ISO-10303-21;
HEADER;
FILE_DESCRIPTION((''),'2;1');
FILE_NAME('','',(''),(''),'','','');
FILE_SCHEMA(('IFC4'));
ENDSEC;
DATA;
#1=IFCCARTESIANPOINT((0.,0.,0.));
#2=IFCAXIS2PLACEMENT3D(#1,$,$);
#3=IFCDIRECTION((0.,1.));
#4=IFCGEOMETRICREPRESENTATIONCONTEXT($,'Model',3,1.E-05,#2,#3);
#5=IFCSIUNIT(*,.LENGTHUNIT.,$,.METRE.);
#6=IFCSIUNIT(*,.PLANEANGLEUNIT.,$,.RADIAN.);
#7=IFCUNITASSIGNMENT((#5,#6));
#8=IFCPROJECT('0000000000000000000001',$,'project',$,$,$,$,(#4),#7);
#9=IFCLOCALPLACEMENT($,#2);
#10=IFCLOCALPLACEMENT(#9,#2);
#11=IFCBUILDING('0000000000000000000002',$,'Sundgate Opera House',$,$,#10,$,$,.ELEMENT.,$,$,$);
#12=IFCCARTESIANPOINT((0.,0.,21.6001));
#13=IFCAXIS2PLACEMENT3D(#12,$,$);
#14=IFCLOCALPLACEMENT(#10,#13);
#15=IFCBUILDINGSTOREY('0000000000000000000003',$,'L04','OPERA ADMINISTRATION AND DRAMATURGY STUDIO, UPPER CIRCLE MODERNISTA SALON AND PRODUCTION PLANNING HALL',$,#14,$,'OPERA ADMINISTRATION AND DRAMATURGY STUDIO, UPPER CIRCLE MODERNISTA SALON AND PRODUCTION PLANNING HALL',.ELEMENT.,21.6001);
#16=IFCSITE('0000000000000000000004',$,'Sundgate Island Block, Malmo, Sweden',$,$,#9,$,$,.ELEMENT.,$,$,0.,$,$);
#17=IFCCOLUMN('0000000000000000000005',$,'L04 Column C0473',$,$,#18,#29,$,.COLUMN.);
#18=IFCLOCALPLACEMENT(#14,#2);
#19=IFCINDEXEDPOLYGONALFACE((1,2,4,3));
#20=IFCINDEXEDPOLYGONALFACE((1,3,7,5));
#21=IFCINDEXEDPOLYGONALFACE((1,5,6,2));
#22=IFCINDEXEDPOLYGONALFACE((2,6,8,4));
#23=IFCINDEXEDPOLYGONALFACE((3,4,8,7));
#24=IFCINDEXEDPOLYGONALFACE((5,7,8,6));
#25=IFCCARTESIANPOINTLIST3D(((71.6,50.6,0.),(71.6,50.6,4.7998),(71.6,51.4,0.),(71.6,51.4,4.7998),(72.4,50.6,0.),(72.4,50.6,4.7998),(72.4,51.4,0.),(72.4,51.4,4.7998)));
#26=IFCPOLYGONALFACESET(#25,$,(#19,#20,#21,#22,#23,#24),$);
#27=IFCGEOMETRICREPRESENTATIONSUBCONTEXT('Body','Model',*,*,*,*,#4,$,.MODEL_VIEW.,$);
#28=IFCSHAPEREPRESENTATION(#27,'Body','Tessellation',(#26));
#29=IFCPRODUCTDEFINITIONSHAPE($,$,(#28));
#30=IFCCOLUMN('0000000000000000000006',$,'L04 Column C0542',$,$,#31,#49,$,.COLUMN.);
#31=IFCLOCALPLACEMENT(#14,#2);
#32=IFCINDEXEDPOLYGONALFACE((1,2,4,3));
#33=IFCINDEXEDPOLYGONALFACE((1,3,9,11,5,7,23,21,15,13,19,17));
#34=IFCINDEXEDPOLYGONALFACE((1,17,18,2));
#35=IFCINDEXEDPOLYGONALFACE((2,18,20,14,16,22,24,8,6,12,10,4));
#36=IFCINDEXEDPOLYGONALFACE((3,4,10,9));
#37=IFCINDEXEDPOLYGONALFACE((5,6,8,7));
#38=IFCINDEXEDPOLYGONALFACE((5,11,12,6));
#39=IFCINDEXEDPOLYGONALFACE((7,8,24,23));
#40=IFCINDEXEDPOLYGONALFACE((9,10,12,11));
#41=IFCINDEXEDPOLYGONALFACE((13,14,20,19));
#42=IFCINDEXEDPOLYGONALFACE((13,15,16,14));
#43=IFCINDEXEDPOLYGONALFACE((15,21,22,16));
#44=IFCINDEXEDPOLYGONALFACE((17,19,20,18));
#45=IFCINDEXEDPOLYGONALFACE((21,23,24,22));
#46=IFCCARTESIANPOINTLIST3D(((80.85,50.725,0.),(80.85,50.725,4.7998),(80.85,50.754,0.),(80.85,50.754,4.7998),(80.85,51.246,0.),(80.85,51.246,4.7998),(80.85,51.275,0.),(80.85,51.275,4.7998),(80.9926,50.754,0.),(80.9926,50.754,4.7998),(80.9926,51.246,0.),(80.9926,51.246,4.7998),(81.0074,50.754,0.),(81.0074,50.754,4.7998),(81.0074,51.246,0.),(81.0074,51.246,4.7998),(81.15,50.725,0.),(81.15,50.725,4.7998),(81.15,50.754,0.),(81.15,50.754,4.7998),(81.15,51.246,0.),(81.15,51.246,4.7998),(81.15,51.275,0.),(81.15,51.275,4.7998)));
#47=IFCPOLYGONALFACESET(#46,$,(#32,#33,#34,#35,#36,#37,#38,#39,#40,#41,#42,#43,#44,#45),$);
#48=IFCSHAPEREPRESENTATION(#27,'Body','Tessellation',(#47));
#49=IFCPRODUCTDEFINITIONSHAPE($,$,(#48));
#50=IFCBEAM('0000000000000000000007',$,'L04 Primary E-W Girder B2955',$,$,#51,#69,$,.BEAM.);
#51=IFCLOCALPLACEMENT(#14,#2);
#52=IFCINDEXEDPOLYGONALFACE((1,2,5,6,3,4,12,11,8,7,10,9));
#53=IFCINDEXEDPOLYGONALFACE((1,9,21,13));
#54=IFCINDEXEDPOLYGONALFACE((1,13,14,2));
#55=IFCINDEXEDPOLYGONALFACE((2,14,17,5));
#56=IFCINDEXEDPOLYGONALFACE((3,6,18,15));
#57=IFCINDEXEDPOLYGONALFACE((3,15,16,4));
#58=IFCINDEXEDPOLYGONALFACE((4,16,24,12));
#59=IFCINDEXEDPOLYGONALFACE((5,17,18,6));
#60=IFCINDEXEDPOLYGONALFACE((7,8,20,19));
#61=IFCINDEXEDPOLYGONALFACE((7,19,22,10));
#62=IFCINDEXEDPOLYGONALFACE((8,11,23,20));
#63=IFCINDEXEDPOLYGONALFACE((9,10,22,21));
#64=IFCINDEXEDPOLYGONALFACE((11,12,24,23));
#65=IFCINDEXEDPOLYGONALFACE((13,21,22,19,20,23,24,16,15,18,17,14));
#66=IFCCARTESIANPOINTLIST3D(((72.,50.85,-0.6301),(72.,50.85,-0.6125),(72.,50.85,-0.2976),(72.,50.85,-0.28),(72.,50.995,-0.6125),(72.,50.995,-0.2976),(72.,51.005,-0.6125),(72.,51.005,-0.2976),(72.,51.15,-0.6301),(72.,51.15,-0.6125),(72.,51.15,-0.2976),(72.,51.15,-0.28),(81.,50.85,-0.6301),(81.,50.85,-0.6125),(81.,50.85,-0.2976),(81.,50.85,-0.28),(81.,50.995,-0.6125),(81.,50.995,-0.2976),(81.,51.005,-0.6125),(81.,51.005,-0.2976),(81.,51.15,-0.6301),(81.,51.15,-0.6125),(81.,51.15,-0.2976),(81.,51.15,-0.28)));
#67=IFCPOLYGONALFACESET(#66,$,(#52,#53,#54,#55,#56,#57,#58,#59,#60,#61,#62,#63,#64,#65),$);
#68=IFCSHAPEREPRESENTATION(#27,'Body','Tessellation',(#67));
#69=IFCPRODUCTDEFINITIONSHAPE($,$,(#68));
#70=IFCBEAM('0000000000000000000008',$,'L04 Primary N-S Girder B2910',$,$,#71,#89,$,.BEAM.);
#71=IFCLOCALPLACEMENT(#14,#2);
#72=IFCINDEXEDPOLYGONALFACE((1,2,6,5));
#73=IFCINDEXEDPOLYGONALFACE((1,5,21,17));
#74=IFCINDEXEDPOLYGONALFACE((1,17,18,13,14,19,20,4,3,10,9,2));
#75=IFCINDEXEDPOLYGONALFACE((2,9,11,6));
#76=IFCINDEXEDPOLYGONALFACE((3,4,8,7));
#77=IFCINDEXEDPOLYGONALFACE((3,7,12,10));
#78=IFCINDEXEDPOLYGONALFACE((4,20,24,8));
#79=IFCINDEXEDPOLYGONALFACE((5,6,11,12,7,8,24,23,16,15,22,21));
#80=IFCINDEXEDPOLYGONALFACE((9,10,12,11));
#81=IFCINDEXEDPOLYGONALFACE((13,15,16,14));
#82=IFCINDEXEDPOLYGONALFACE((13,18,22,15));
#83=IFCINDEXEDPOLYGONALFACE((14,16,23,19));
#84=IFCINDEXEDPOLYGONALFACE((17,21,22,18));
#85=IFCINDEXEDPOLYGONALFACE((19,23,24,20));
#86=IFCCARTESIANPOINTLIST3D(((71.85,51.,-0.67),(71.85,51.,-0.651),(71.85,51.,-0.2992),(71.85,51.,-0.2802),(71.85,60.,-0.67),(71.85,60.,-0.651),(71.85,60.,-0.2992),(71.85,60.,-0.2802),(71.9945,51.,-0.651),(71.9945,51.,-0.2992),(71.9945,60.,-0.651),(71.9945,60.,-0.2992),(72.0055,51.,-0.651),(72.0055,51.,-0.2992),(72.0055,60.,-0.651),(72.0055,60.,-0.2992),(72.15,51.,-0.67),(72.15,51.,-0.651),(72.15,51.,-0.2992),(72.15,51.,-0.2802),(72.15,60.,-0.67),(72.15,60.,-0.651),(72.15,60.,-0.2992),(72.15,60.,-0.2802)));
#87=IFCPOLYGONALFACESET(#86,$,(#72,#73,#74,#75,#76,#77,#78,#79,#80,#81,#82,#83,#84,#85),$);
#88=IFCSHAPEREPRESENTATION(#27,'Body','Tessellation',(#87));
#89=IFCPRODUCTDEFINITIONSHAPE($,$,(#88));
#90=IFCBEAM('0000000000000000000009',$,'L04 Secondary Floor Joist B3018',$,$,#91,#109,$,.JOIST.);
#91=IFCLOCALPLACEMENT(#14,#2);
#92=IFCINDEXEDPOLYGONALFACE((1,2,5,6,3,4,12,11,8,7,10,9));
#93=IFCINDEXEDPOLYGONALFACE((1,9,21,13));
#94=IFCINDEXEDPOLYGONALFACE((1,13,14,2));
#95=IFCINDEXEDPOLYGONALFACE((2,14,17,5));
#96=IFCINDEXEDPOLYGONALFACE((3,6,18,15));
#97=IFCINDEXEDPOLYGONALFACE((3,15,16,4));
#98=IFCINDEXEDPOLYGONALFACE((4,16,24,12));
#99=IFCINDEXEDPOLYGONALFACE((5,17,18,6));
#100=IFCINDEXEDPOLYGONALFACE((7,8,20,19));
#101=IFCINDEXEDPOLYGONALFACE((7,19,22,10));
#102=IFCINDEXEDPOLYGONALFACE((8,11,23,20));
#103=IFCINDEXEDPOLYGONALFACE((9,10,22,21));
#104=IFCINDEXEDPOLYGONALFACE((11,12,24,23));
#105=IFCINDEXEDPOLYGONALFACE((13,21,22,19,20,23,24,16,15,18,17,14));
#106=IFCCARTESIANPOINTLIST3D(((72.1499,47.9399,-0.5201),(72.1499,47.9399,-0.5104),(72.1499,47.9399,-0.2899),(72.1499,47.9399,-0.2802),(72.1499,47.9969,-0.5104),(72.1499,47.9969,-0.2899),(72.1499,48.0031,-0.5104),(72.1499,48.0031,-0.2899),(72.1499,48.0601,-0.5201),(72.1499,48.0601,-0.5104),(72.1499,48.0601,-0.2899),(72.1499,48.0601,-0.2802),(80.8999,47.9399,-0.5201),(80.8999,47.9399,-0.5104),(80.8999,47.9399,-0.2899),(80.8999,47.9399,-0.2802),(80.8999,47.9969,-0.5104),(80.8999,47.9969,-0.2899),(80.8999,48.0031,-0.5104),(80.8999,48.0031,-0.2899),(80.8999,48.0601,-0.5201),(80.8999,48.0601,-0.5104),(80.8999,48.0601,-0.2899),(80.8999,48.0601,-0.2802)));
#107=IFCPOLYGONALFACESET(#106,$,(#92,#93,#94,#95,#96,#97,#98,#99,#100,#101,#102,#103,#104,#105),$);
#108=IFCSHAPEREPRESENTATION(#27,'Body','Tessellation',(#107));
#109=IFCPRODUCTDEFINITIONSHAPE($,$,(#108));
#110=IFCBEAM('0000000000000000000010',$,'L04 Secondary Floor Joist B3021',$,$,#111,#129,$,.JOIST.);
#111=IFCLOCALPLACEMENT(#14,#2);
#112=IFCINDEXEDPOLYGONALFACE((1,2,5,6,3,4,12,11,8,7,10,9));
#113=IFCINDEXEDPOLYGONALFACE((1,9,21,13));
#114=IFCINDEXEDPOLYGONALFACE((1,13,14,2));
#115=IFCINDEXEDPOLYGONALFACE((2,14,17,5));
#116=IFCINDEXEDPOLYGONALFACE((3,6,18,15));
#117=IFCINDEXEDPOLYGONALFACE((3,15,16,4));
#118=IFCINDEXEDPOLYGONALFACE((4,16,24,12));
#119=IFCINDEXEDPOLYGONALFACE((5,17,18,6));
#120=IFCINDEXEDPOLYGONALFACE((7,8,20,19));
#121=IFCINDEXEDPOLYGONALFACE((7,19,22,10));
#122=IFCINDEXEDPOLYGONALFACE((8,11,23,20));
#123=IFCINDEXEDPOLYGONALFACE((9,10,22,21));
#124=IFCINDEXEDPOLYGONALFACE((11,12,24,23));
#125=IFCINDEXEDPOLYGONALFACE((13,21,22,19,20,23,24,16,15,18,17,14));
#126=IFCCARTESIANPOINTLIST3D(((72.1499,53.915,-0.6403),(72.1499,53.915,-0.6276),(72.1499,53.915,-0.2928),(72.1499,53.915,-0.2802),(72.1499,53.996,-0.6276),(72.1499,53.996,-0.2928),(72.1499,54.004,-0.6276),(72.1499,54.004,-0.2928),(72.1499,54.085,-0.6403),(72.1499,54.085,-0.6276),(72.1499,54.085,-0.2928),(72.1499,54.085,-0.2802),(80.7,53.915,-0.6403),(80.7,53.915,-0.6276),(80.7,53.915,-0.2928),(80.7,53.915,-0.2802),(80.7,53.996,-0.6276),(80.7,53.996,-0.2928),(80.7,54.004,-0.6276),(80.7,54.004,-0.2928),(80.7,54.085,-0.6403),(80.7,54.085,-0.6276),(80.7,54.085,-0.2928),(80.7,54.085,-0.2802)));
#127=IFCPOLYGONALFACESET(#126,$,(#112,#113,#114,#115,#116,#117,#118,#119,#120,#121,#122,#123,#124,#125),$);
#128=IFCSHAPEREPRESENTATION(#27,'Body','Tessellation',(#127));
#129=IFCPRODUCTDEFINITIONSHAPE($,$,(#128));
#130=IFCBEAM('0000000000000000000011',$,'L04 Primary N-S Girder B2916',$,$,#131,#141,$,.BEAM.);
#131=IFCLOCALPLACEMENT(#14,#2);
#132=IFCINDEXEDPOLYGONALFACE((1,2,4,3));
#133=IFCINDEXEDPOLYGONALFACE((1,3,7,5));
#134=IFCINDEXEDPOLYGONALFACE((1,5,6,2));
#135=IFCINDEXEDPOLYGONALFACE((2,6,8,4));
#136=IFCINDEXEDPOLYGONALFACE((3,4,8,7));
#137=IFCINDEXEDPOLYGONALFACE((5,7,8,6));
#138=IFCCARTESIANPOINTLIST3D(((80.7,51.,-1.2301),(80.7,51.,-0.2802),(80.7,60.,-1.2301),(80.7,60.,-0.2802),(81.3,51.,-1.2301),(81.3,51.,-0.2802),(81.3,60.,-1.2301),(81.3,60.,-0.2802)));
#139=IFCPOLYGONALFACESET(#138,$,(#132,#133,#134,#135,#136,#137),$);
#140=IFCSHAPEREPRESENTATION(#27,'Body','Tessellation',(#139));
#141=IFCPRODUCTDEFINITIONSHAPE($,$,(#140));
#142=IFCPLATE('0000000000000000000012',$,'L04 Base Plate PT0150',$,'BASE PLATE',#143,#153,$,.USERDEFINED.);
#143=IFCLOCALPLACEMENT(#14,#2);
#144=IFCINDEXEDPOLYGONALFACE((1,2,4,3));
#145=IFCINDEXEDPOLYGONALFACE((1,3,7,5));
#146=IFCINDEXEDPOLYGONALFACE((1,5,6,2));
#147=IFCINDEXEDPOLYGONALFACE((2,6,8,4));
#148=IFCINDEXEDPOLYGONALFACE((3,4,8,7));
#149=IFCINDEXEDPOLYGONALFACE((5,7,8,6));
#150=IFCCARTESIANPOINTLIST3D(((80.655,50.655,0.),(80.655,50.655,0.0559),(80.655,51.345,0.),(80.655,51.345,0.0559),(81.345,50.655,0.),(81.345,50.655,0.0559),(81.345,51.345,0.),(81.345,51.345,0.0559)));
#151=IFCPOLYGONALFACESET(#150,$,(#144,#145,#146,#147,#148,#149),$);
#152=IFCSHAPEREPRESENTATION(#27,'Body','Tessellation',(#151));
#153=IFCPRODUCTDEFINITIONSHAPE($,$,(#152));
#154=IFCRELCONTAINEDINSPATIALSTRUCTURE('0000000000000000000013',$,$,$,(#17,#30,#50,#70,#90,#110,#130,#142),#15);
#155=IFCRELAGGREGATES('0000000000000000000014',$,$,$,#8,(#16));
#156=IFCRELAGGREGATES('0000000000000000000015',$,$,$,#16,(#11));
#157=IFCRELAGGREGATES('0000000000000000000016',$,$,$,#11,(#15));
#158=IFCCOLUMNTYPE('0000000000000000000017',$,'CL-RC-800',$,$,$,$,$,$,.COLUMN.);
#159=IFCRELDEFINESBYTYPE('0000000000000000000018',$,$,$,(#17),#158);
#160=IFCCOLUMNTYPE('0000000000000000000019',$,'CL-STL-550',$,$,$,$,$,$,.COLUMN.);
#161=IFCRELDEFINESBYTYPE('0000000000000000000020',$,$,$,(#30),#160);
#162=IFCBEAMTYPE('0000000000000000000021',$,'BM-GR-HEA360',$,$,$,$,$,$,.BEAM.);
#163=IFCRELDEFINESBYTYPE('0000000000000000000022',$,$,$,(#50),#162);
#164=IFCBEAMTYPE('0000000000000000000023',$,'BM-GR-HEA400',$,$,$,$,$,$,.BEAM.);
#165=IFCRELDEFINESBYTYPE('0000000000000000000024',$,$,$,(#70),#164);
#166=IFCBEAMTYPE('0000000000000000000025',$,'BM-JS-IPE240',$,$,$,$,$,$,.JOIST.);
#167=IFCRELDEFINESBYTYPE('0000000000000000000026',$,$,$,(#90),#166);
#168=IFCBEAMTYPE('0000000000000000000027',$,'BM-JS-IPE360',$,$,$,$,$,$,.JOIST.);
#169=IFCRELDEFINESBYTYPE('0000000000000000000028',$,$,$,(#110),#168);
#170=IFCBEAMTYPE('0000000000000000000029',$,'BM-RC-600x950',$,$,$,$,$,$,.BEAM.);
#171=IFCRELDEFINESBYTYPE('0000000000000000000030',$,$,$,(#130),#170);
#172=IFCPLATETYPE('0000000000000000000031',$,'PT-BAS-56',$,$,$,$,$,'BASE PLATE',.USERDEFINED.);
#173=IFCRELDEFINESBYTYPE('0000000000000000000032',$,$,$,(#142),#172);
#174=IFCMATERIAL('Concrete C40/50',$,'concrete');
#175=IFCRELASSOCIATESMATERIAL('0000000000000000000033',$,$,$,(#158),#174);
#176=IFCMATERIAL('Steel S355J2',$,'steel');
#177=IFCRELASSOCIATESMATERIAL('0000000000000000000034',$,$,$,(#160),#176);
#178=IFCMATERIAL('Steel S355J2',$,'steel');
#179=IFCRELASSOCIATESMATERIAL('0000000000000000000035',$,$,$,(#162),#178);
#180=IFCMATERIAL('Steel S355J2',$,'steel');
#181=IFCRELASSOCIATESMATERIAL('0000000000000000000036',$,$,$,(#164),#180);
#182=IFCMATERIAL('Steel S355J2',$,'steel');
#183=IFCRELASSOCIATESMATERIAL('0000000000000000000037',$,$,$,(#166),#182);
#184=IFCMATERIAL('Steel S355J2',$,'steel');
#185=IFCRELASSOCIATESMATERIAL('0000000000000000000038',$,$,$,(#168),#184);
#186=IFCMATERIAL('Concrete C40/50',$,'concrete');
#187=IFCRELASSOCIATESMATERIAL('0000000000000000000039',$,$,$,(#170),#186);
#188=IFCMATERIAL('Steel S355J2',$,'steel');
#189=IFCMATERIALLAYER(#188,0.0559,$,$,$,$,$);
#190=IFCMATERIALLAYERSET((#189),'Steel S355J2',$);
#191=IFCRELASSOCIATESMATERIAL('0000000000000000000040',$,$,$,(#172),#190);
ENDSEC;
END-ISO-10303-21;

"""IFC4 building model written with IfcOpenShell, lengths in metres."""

from ifc_helpers import new_model, si_unit, direction, frame, origin, origin_2d, place, context, subcontext, project, spatial, rectangle, i_section, extrude, material, layer, layer_set, material_profile, profile_set, type_object, element, save


model = new_model("IFC4")

# Units and contexts
model_context = context("Model", 3, precision=1e-05, world=origin(), true_north=direction((0.0, 1.0)))
body_context = subcontext(model_context, "Body", "Model", "MODEL_VIEW")
ifc_project = project(units=[si_unit("LENGTHUNIT", "METRE"), si_unit("PLANEANGLEUNIT", "RADIAN")], contexts=[model_context])

# Site, building, storey
site_placement = place(None, origin())
site = spatial("IfcSite", under=ifc_project, at=site_placement, Name="Sundgate Island Block, Malmo, Sweden", CompositionType="ELEMENT", RefElevation=0.0)
building_placement = place(site_placement, origin())
building = spatial("IfcBuilding", under=site, at=building_placement, Name="Sundgate Opera House", CompositionType="ELEMENT")
storey_placement = place(building_placement, frame((0.0, 0.0, 21.6001)))
storey = spatial("IfcBuildingStorey", under=building, at=storey_placement, Name="L04", Description="OPERA ADMINISTRATION AND DRAMATURGY STUDIO, UPPER CIRCLE MODERNISTA SALON AND PRODUCTION PLANNING HALL", LongName="OPERA ADMINISTRATION AND DRAMATURGY STUDIO, UPPER CIRCLE MODERNISTA SALON AND PRODUCTION PLANNING HALL", CompositionType="ELEMENT", Elevation=21.6001)

# Columns
ifc_material_1 = material(Name="Concrete C40/50", Category="concrete")
ifc_material_profile_1 = material_profile(ifc_material_1, rectangle(XDim=0.8, YDim=0.8, at=origin_2d()), Name="RC 800x800")
ifc_profile_set_1 = profile_set([ifc_material_profile_1], Name="Concrete C40/50")
column_type_1 = type_object("IfcColumnType", Name="CL-RC-800", PredefinedType="COLUMN", material=ifc_profile_set_1)
column_1_placement = place(storey_placement, frame((72.0, 51.0, 0.0), z_axis=(0.0, 0.0, 1.0), x_axis=(1.0, 0.0, 0.0)))
element("IfcColumn", 1, at=column_1_placement, inside=storey, type_object=column_type_1, Name="L04 Column C0473", PredefinedType="COLUMN", context=body_context, shape_type="SweptSolid", body=[
    extrude(rectangle(XDim=0.8, YDim=0.8, at=origin_2d()), origin(), (0.0, 0.0, 1.0), 4.7998),
])
ifc_material_2 = material(Name="Steel S355J2", Category="steel")
ifc_material_profile_2 = material_profile(ifc_material_2, i_section(OverallWidth=0.3, OverallDepth=0.55, WebThickness=0.0149, FlangeThickness=0.0291, at=origin_2d()), Name="HEB 550")
ifc_profile_set_2 = profile_set([ifc_material_profile_2], Name="Steel S355J2")
column_type_2 = type_object("IfcColumnType", Name="CL-STL-550", PredefinedType="COLUMN", material=ifc_profile_set_2)
column_2_placement = place(storey_placement, frame((81.0, 51.0, 0.0), z_axis=(0.0, 0.0, 1.0), x_axis=(1.0, 0.0, 0.0)))
element("IfcColumn", 2, at=column_2_placement, inside=storey, type_object=column_type_2, Name="L04 Column C0542", PredefinedType="COLUMN", context=body_context, shape_type="SweptSolid", body=[
    extrude(i_section(OverallWidth=0.3, OverallDepth=0.55, WebThickness=0.0149, FlangeThickness=0.0291, at=origin_2d()), origin(), (0.0, 0.0, 1.0), 4.7998),
])

# Beams
ifc_material_3 = material(Name="Steel S355J2", Category="steel")
ifc_material_profile_3 = material_profile(ifc_material_3, i_section(OverallWidth=0.3, OverallDepth=0.3501, WebThickness=0.01, FlangeThickness=0.0176, at=origin_2d()), Name="HEA 360")
ifc_profile_set_3 = profile_set([ifc_material_profile_3], Name="Steel S355J2")
beam_type_1 = type_object("IfcBeamType", Name="BM-GR-HEA360", PredefinedType="BEAM", material=ifc_profile_set_3)
beam_1_placement = place(storey_placement, frame((72.0, 51.0, -0.4551), z_axis=(1.0, 0.0, 0.0), x_axis=(0.0, 1.0, 0.0)))
element("IfcBeam", 3, at=beam_1_placement, inside=storey, type_object=beam_type_1, Name="L04 Primary E-W Girder B2955", PredefinedType="BEAM", context=body_context, shape_type="SweptSolid", body=[
    extrude(i_section(OverallWidth=0.3, OverallDepth=0.3501, WebThickness=0.01, FlangeThickness=0.0176, at=origin_2d()), origin(), (0.0, 0.0, 1.0), 9.0),
])
ifc_material_4 = material(Name="Steel S355J2", Category="steel")
ifc_material_profile_4 = material_profile(ifc_material_4, i_section(OverallWidth=0.3, OverallDepth=0.3899, WebThickness=0.011, FlangeThickness=0.019, at=origin_2d()), Name="HEA 400")
ifc_profile_set_4 = profile_set([ifc_material_profile_4], Name="Steel S355J2")
beam_type_2 = type_object("IfcBeamType", Name="BM-GR-HEA400", PredefinedType="BEAM", material=ifc_profile_set_4)
beam_2_placement = place(storey_placement, frame((72.0, 51.0, -0.4751), z_axis=(0.0, 1.0, 0.0), x_axis=(-1.0, 0.0, 0.0)))
element("IfcBeam", 4, at=beam_2_placement, inside=storey, type_object=beam_type_2, Name="L04 Primary N-S Girder B2910", PredefinedType="BEAM", context=body_context, shape_type="SweptSolid", body=[
    extrude(i_section(OverallWidth=0.3, OverallDepth=0.3899, WebThickness=0.011, FlangeThickness=0.019, at=origin_2d()), origin(), (0.0, 0.0, 1.0), 9.0),
])
ifc_material_5 = material(Name="Steel S355J2", Category="steel")
ifc_material_profile_5 = material_profile(ifc_material_5, i_section(OverallWidth=0.1201, OverallDepth=0.24, WebThickness=0.0061, FlangeThickness=0.0098, at=origin_2d()), Name="IPE 240")
ifc_profile_set_5 = profile_set([ifc_material_profile_5], Name="Steel S355J2")
beam_type_3 = type_object("IfcBeamType", Name="BM-JS-IPE240", PredefinedType="JOIST", material=ifc_profile_set_5)
beam_3_placement = place(storey_placement, frame((72.1499, 48.0, -0.4001), z_axis=(1.0, 0.0, 0.0), x_axis=(0.0, 1.0, 0.0)))
element("IfcBeam", 5, at=beam_3_placement, inside=storey, type_object=beam_type_3, Name="L04 Secondary Floor Joist B3018", PredefinedType="JOIST", context=body_context, shape_type="SweptSolid", body=[
    extrude(i_section(OverallWidth=0.1201, OverallDepth=0.24, WebThickness=0.0061, FlangeThickness=0.0098, at=origin_2d()), origin(), (0.0, 0.0, 1.0), 8.75),
])
ifc_material_6 = material(Name="Steel S355J2", Category="steel")
ifc_material_profile_6 = material_profile(ifc_material_6, i_section(OverallWidth=0.1699, OverallDepth=0.3601, WebThickness=0.0081, FlangeThickness=0.0127, at=origin_2d()), Name="IPE 360")
ifc_profile_set_6 = profile_set([ifc_material_profile_6], Name="Steel S355J2")
beam_type_4 = type_object("IfcBeamType", Name="BM-JS-IPE360", PredefinedType="JOIST", material=ifc_profile_set_6)
beam_4_placement = place(storey_placement, frame((72.1499, 54.0, -0.4602), z_axis=(1.0, 0.0, 0.0), x_axis=(0.0, 1.0, 0.0)))
element("IfcBeam", 6, at=beam_4_placement, inside=storey, type_object=beam_type_4, Name="L04 Secondary Floor Joist B3021", PredefinedType="JOIST", context=body_context, shape_type="SweptSolid", body=[
    extrude(i_section(OverallWidth=0.1699, OverallDepth=0.3601, WebThickness=0.0081, FlangeThickness=0.0127, at=origin_2d()), origin(), (0.0, 0.0, 1.0), 8.55),
])
ifc_material_7 = material(Name="Concrete C40/50", Category="concrete")
ifc_material_profile_7 = material_profile(ifc_material_7, rectangle(XDim=0.6001, YDim=0.95, at=origin_2d()), Name="RC 600x950")
ifc_profile_set_7 = profile_set([ifc_material_profile_7], Name="Concrete C40/50")
beam_type_5 = type_object("IfcBeamType", Name="BM-RC-600x950", PredefinedType="BEAM", material=ifc_profile_set_7)
beam_5_placement = place(storey_placement, frame((81.0, 51.0, -0.7551), z_axis=(0.0, 1.0, 0.0), x_axis=(-1.0, 0.0, 0.0)))
element("IfcBeam", 7, at=beam_5_placement, inside=storey, type_object=beam_type_5, Name="L04 Primary N-S Girder B2916", PredefinedType="BEAM", context=body_context, shape_type="SweptSolid", body=[
    extrude(rectangle(XDim=0.6001, YDim=0.95, at=origin_2d()), origin(), (0.0, 0.0, 1.0), 9.0),
])

# Plate
ifc_material_8 = material(Name="Steel S355J2", Category="steel")
ifc_layer_1 = layer(ifc_material_8, 0.0559)
ifc_layer_set_1 = layer_set([ifc_layer_1], Name="Steel S355J2")
plate_type = type_object("IfcPlateType", Name="PT-BAS-56", ElementType="BASE PLATE", PredefinedType="USERDEFINED", material=ifc_layer_set_1)
plate_placement = place(storey_placement, frame((81.0, 51.0, 0.0), z_axis=(0.0, 0.0, 1.0), x_axis=(1.0, 0.0, 0.0)))
element("IfcPlate", 8, at=plate_placement, inside=storey, type_object=plate_type, Name="L04 Base Plate PT0150", ObjectType="BASE PLATE", PredefinedType="USERDEFINED", context=body_context, shape_type="SweptSolid", body=[
    extrude(rectangle(XDim=0.6899, YDim=0.6899, at=origin_2d()), origin(), (0.0, 0.0, 1.0), 0.0559),
])

save(model, "model.ifc")
